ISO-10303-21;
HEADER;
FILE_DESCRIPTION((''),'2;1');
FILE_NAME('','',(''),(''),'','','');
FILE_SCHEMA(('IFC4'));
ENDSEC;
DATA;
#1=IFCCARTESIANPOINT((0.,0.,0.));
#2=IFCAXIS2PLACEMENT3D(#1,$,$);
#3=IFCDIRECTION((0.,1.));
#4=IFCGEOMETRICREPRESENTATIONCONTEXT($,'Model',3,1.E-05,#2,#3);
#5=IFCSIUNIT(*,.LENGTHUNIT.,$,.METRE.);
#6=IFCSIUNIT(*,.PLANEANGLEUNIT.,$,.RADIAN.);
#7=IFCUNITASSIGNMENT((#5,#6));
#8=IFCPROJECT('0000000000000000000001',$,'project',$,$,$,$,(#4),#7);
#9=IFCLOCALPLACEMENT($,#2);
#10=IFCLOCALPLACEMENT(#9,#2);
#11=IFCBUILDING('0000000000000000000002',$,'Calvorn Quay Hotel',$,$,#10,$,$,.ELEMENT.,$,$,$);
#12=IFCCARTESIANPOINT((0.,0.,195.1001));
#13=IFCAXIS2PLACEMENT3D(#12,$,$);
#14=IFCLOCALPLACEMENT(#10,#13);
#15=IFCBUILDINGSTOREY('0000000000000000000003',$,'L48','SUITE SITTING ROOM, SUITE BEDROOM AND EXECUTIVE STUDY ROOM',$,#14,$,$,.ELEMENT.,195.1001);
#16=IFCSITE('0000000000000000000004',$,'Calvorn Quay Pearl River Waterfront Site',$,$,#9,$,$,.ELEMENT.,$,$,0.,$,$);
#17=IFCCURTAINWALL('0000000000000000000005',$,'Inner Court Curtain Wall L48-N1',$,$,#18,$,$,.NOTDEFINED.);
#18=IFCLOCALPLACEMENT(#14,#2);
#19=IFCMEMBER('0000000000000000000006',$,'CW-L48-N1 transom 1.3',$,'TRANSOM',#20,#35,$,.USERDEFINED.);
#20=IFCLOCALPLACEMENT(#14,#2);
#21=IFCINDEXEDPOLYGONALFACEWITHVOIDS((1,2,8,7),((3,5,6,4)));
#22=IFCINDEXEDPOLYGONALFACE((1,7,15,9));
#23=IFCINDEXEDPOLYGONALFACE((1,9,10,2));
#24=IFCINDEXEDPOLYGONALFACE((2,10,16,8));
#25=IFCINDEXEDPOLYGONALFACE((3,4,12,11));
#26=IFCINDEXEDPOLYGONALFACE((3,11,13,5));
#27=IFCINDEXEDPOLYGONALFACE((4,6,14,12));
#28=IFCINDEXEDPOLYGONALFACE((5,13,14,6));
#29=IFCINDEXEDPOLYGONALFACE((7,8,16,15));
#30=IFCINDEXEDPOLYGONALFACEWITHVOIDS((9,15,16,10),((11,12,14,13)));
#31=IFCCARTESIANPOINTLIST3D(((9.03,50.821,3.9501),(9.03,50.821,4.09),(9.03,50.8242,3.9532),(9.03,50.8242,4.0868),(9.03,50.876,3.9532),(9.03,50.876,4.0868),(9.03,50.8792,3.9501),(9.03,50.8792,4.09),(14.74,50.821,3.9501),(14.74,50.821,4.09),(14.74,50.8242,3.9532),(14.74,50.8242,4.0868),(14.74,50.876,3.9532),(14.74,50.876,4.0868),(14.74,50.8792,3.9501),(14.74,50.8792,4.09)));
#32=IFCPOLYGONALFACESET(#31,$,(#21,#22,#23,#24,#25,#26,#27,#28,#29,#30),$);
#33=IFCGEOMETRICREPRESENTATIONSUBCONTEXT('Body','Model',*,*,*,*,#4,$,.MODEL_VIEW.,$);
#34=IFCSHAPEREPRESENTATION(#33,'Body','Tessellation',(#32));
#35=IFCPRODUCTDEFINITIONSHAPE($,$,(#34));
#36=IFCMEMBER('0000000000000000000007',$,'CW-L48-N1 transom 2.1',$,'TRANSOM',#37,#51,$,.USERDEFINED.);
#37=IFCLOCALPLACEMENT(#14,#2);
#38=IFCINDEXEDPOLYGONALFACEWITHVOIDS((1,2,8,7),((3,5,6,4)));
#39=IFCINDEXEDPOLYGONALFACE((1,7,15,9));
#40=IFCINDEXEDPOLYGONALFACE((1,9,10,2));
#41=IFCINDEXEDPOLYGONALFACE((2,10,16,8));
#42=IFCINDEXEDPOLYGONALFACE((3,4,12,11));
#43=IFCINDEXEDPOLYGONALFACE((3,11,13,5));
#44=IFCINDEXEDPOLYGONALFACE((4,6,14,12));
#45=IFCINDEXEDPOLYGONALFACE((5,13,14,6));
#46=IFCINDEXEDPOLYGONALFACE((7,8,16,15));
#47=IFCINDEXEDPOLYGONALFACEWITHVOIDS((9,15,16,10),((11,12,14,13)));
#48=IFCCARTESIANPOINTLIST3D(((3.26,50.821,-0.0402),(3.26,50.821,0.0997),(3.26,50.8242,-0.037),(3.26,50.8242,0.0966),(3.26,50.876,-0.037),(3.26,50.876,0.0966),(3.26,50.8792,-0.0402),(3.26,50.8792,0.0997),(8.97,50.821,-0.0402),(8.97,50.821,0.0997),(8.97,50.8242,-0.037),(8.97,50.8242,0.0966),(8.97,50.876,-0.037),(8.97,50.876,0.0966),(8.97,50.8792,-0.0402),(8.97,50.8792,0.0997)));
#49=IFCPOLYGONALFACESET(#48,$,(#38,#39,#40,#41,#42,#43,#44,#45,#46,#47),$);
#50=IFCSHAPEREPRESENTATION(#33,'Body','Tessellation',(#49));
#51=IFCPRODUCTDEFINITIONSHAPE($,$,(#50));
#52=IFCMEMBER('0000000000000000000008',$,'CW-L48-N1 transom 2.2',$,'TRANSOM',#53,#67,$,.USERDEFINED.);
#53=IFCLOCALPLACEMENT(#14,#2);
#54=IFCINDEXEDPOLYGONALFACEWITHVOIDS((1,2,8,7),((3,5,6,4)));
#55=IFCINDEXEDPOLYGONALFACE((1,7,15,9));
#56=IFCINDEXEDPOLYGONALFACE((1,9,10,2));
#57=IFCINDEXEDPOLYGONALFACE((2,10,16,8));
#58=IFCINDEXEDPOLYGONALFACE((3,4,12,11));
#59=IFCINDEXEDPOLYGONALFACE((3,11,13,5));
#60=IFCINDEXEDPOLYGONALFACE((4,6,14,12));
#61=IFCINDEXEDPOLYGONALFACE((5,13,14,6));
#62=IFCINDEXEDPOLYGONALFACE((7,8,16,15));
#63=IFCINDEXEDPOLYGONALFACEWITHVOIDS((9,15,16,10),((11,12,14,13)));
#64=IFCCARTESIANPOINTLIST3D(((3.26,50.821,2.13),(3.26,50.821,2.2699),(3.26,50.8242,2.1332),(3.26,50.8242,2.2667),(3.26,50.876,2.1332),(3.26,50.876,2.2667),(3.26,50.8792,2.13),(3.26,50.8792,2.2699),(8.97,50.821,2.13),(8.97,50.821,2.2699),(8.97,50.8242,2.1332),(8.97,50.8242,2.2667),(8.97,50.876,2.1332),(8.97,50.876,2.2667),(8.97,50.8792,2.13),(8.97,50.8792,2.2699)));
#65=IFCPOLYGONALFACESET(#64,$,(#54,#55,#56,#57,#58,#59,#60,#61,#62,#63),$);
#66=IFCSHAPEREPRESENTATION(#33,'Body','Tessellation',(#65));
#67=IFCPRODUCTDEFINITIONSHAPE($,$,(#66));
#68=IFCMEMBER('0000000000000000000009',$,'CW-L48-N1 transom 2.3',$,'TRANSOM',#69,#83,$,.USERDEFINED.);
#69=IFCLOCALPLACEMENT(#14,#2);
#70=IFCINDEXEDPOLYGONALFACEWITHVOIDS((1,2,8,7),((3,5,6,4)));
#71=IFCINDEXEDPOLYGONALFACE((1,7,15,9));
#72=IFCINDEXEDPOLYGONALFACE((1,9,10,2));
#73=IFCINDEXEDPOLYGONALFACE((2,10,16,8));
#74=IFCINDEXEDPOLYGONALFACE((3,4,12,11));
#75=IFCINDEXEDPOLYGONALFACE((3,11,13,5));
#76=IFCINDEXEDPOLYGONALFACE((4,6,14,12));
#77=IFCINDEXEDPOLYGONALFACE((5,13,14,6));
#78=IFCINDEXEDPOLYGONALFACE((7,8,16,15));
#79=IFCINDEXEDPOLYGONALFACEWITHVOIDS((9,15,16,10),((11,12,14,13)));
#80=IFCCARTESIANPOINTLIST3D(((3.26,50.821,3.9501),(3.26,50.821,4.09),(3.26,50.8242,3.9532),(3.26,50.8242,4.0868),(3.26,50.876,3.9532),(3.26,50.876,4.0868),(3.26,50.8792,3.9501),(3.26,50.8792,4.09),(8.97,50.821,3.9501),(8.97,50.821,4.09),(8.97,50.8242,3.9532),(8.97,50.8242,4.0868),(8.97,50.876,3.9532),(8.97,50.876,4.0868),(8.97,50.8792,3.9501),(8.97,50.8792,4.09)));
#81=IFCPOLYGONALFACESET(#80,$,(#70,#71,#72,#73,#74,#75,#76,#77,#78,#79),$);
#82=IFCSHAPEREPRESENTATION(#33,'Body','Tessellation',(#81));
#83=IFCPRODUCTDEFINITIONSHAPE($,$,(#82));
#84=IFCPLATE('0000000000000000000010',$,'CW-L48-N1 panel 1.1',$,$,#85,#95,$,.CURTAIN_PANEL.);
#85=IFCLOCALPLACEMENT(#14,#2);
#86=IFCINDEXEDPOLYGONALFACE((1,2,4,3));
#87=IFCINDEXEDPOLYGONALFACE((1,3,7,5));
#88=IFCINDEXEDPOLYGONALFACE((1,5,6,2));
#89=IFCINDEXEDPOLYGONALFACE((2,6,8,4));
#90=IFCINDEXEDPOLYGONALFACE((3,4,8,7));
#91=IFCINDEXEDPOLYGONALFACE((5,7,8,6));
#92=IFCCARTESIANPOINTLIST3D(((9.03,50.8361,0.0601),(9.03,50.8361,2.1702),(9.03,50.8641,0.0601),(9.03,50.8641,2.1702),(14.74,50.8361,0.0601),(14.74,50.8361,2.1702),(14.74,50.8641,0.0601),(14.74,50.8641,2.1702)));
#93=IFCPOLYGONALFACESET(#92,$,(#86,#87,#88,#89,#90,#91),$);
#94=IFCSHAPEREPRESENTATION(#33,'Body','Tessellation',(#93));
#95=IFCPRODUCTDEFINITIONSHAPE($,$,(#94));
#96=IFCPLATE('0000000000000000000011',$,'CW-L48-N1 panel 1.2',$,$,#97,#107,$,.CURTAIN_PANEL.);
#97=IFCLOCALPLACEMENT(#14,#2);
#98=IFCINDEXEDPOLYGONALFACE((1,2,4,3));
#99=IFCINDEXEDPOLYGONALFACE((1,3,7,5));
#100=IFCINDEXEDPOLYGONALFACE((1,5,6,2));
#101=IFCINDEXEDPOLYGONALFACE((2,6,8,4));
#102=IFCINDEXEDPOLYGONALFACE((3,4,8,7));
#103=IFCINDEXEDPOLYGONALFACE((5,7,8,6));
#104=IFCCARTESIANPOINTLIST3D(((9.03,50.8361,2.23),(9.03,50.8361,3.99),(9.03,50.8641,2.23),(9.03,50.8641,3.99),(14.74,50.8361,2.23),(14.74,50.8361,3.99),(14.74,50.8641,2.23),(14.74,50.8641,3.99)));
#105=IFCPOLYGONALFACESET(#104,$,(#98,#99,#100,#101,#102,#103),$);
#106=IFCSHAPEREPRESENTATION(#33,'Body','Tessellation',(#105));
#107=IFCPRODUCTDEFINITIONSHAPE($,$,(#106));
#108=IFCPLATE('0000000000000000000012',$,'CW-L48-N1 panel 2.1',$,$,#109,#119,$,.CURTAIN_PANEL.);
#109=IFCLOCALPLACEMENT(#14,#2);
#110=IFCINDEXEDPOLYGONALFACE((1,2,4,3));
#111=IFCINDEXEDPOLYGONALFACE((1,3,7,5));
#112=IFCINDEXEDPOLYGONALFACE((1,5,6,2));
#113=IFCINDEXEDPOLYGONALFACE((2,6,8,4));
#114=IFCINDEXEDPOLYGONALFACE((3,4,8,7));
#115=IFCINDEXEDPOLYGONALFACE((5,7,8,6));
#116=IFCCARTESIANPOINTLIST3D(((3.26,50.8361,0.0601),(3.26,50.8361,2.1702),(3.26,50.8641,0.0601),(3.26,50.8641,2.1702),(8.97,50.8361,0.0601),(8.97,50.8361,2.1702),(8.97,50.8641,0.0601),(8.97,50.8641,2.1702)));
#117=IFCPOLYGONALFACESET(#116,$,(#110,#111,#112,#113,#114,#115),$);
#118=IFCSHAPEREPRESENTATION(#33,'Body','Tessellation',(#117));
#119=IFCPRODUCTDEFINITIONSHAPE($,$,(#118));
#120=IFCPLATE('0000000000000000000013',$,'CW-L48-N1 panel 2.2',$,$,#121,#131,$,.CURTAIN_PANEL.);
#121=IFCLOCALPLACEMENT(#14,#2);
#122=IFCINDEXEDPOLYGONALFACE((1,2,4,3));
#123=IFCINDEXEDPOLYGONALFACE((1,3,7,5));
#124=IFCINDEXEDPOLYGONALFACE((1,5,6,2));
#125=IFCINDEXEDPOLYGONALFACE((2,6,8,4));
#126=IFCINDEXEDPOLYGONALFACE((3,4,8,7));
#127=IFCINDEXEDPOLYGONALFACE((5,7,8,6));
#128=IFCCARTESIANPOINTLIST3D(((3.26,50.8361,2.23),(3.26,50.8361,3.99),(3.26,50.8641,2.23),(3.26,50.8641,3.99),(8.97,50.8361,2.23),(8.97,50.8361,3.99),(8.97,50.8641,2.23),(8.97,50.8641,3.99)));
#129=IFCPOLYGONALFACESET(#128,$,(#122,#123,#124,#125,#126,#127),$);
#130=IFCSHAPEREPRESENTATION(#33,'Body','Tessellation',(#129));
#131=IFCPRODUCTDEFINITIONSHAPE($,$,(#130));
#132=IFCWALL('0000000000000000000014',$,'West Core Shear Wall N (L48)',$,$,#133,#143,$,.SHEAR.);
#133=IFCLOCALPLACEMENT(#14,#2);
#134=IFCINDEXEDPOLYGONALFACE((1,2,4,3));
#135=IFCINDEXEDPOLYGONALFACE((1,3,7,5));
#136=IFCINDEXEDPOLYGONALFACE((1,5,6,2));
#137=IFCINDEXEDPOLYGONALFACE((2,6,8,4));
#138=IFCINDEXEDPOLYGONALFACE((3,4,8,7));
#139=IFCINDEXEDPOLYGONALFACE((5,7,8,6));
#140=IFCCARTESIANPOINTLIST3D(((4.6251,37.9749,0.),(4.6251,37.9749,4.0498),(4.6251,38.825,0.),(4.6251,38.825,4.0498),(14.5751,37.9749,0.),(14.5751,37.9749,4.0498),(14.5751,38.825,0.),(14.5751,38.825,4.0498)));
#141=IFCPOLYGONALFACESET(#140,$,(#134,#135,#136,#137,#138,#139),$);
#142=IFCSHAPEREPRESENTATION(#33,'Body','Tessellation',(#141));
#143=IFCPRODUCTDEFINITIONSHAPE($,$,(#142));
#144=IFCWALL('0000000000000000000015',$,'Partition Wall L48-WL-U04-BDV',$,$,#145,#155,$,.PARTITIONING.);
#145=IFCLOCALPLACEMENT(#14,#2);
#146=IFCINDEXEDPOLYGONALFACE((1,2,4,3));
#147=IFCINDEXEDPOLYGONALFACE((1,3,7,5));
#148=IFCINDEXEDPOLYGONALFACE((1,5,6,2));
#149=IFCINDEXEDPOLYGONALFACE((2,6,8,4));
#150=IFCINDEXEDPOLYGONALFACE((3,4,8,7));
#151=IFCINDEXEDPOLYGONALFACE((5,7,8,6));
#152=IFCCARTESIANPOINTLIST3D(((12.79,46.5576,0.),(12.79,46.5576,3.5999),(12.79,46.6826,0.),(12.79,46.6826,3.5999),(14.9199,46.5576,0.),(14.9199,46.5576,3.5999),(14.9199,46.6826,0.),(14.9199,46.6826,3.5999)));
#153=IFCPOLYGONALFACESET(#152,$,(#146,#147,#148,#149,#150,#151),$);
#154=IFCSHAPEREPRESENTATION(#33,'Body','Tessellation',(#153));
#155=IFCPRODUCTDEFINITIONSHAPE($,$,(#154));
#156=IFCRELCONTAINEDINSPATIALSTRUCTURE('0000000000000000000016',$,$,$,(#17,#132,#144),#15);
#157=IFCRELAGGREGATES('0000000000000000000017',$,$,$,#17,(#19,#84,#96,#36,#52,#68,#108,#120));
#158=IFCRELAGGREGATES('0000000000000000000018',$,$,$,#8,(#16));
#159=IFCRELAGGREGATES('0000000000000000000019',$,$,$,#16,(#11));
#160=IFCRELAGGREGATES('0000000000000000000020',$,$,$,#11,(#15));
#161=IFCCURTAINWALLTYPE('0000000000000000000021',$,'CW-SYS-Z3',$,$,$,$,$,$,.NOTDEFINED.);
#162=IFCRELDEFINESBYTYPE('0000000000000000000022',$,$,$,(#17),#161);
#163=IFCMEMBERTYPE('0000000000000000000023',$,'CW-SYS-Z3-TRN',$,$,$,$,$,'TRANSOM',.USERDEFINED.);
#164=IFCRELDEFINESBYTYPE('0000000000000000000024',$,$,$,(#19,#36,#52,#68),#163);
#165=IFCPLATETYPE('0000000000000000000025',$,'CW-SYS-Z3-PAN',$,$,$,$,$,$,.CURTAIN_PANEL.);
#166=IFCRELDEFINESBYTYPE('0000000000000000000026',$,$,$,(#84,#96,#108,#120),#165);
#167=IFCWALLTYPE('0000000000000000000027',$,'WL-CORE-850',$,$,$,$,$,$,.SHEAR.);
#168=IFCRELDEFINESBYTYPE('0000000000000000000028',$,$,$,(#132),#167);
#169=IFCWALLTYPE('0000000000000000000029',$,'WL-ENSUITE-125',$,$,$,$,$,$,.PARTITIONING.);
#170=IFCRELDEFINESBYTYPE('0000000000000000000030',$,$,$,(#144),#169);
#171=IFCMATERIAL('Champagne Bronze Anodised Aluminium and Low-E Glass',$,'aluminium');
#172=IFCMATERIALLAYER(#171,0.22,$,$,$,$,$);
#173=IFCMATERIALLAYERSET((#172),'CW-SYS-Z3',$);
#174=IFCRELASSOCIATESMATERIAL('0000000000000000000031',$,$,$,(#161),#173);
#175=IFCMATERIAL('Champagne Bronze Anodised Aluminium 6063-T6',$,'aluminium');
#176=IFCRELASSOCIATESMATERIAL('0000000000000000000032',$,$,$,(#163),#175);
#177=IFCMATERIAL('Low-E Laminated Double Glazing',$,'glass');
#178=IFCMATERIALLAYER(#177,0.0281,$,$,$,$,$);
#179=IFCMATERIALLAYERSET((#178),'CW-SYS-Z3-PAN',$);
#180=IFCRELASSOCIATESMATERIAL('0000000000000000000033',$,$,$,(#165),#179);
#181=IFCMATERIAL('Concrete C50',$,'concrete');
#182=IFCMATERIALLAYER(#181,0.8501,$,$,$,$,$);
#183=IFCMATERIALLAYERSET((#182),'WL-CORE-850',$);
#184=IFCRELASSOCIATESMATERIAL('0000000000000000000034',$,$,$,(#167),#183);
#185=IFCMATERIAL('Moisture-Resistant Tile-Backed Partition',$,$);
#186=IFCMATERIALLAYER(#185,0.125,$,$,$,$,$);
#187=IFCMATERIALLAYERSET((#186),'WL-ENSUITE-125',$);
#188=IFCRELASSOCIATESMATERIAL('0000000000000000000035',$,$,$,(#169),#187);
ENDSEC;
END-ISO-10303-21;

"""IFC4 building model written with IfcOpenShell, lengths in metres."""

from ifc_helpers import new_model, si_unit, direction, frame, frame_2d, origin, origin_2d, place, context, subcontext, project, spatial, rectangle, hollow_rectangle, extrude, material, layer, layer_set, material_profile, profile_set, type_object, element, aggregate, save


model = new_model("IFC4")

# Units and contexts
model_context = context("Model", 3, precision=1e-05, world=origin(), true_north=direction((0.0, 1.0)))
body_context = subcontext(model_context, "Body", "Model", "MODEL_VIEW")
ifc_project = project(units=[si_unit("LENGTHUNIT", "METRE"), si_unit("PLANEANGLEUNIT", "RADIAN")], contexts=[model_context])

# Site, building, storey
site_placement = place(None, origin())
site = spatial("IfcSite", under=ifc_project, at=site_placement, Name="Calvorn Quay Pearl River Waterfront Site", CompositionType="ELEMENT", RefElevation=0.0)
building_placement = place(site_placement, origin())
building = spatial("IfcBuilding", under=site, at=building_placement, Name="Calvorn Quay Hotel", CompositionType="ELEMENT")
storey_placement = place(building_placement, frame((0.0, 0.0, 195.1001)))
storey = spatial("IfcBuildingStorey", under=building, at=storey_placement, Name="L48", Description="SUITE SITTING ROOM, SUITE BEDROOM AND EXECUTIVE STUDY ROOM", CompositionType="ELEMENT", Elevation=195.1001)

# Curtain wall, members, plates
ifc_material_1 = material(Name="Champagne Bronze Anodised Aluminium and Low-E Glass", Category="aluminium")
ifc_layer_1 = layer(ifc_material_1, 0.22)
ifc_layer_set_1 = layer_set([ifc_layer_1], Name="CW-SYS-Z3")
curtain_wall_type = type_object("IfcCurtainWallType", Name="CW-SYS-Z3", PredefinedType="NOTDEFINED", material=ifc_layer_set_1)
curtain_wall_placement = place(storey_placement, origin())
curtain_wall = element("IfcCurtainWall", 1, at=curtain_wall_placement, inside=storey, type_object=curtain_wall_type, Name="Inner Court Curtain Wall L48-N1", PredefinedType="NOTDEFINED")
ifc_material_2 = material(Name="Champagne Bronze Anodised Aluminium 6063-T6", Category="aluminium")
ifc_material_profile_1 = material_profile(ifc_material_2, hollow_rectangle(XDim=0.0581, YDim=0.1399, WallThickness=0.0032, at=origin_2d()), Name="ALU-T140x58x3.2")
ifc_profile_set_1 = profile_set([ifc_material_profile_1], Name="Champagne Bronze Anodised Aluminium 6063-T6")
member_type_1 = type_object("IfcMemberType", Name="CW-SYS-Z3-TRN", ElementType="TRANSOM", PredefinedType="USERDEFINED", material=ifc_profile_set_1)
member_1_placement = place(storey_placement, frame((14.74, 50.8501, 4.02), z_axis=(-1.0, 0.0, 0.0), x_axis=(0.0, -1.0, 0.0)))
member_1 = element("IfcMember", 2, at=member_1_placement, type_object=member_type_1, Name="CW-L48-N1 transom 1.3", ObjectType="TRANSOM", PredefinedType="USERDEFINED", context=body_context, shape_type="SweptSolid", body=[
    extrude(hollow_rectangle(XDim=0.0581, YDim=0.1399, WallThickness=0.0032, at=origin_2d()), origin(), (0.0, 0.0, 1.0), 5.71),
])
member_2_placement = place(storey_placement, frame((8.97, 50.8501, 0.0298), z_axis=(-1.0, 0.0, 0.0), x_axis=(0.0, -1.0, 0.0)))
member_2 = element("IfcMember", 3, at=member_2_placement, type_object=member_type_1, Name="CW-L48-N1 transom 2.1", ObjectType="TRANSOM", PredefinedType="USERDEFINED", context=body_context, shape_type="SweptSolid", body=[
    extrude(hollow_rectangle(XDim=0.0581, YDim=0.1399, WallThickness=0.0032, at=origin_2d()), origin(), (0.0, 0.0, 1.0), 5.71),
])
member_3_placement = place(storey_placement, frame((8.97, 50.8501, 2.2), z_axis=(-1.0, 0.0, 0.0), x_axis=(0.0, -1.0, 0.0)))
member_3 = element("IfcMember", 4, at=member_3_placement, type_object=member_type_1, Name="CW-L48-N1 transom 2.2", ObjectType="TRANSOM", PredefinedType="USERDEFINED", context=body_context, shape_type="SweptSolid", body=[
    extrude(hollow_rectangle(XDim=0.0581, YDim=0.1399, WallThickness=0.0032, at=origin_2d()), origin(), (0.0, 0.0, 1.0), 5.71),
])
member_4_placement = place(storey_placement, frame((8.97, 50.8501, 4.02), z_axis=(-1.0, 0.0, 0.0), x_axis=(0.0, -1.0, 0.0)))
member_4 = element("IfcMember", 5, at=member_4_placement, type_object=member_type_1, Name="CW-L48-N1 transom 2.3", ObjectType="TRANSOM", PredefinedType="USERDEFINED", context=body_context, shape_type="SweptSolid", body=[
    extrude(hollow_rectangle(XDim=0.0581, YDim=0.1399, WallThickness=0.0032, at=origin_2d()), origin(), (0.0, 0.0, 1.0), 5.71),
])
ifc_material_3 = material(Name="Low-E Laminated Double Glazing", Category="glass")
ifc_layer_2 = layer(ifc_material_3, 0.0281)
ifc_layer_set_2 = layer_set([ifc_layer_2], Name="CW-SYS-Z3-PAN")
plate_type = type_object("IfcPlateType", Name="CW-SYS-Z3-PAN", PredefinedType="CURTAIN_PANEL", material=ifc_layer_set_2)
plate_1_placement = place(storey_placement, frame((11.885, 50.8501, 0.0601), z_axis=(0.0, 0.0, 1.0), x_axis=(-1.0, 0.0, 0.0)))
plate_1 = element("IfcPlate", 6, at=plate_1_placement, type_object=plate_type, Name="CW-L48-N1 panel 1.1", PredefinedType="CURTAIN_PANEL", context=body_context, shape_type="SweptSolid", body=[
    extrude(rectangle(XDim=5.71, YDim=0.0281, at=origin_2d()), origin(), (0.0, 0.0, 1.0), 2.1101),
])
plate_2_placement = place(storey_placement, frame((11.885, 50.8501, 2.23), z_axis=(0.0, 0.0, 1.0), x_axis=(-1.0, 0.0, 0.0)))
plate_2 = element("IfcPlate", 7, at=plate_2_placement, type_object=plate_type, Name="CW-L48-N1 panel 1.2", PredefinedType="CURTAIN_PANEL", context=body_context, shape_type="SweptSolid", body=[
    extrude(rectangle(XDim=5.71, YDim=0.0281, at=origin_2d()), origin(), (0.0, 0.0, 1.0), 1.76),
])
plate_3_placement = place(storey_placement, frame((6.115, 50.8501, 0.0601), z_axis=(0.0, 0.0, 1.0), x_axis=(-1.0, 0.0, 0.0)))
plate_3 = element("IfcPlate", 8, at=plate_3_placement, type_object=plate_type, Name="CW-L48-N1 panel 2.1", PredefinedType="CURTAIN_PANEL", context=body_context, shape_type="SweptSolid", body=[
    extrude(rectangle(XDim=5.71, YDim=0.0281, at=origin_2d()), origin(), (0.0, 0.0, 1.0), 2.1101),
])
plate_4_placement = place(storey_placement, frame((6.115, 50.8501, 2.23), z_axis=(0.0, 0.0, 1.0), x_axis=(-1.0, 0.0, 0.0)))
plate_4 = element("IfcPlate", 9, at=plate_4_placement, type_object=plate_type, Name="CW-L48-N1 panel 2.2", PredefinedType="CURTAIN_PANEL", context=body_context, shape_type="SweptSolid", body=[
    extrude(rectangle(XDim=5.71, YDim=0.0281, at=origin_2d()), origin(), (0.0, 0.0, 1.0), 1.76),
])
aggregate(curtain_wall, [member_1, plate_1, plate_2, member_2, member_3, member_4, plate_3, plate_4])

# Walls
ifc_material_4 = material(Name="Concrete C50", Category="concrete")
ifc_layer_3 = layer(ifc_material_4, 0.8501)
ifc_layer_set_3 = layer_set([ifc_layer_3], Name="WL-CORE-850")
wall_type_1 = type_object("IfcWallType", Name="WL-CORE-850", PredefinedType="SHEAR", material=ifc_layer_set_3)
wall_1_placement = place(storey_placement, frame((4.625, 38.3999, 0.0), z_axis=(0.0, 0.0, 1.0), x_axis=(1.0, 0.0, 0.0)))
element("IfcWall", 10, at=wall_1_placement, inside=storey, type_object=wall_type_1, Name="West Core Shear Wall N (L48)", PredefinedType="SHEAR", context=body_context, shape_type="SweptSolid", body=[
    extrude(rectangle(XDim=9.95, YDim=0.8501, at=frame_2d((4.9751, 0.0))), origin(), (0.0, 0.0, 1.0), 4.0498),
])
ifc_material_5 = material(Name="Moisture-Resistant Tile-Backed Partition")
ifc_layer_4 = layer(ifc_material_5, 0.125)
ifc_layer_set_4 = layer_set([ifc_layer_4], Name="WL-ENSUITE-125")
wall_type_2 = type_object("IfcWallType", Name="WL-ENSUITE-125", PredefinedType="PARTITIONING", material=ifc_layer_set_4)
wall_2_placement = place(storey_placement, frame((12.79, 46.6201, 0.0), z_axis=(0.0, 0.0, 1.0), x_axis=(1.0, 0.0, 0.0)))
element("IfcWall", 11, at=wall_2_placement, inside=storey, type_object=wall_type_2, Name="Partition Wall L48-WL-U04-BDV", PredefinedType="PARTITIONING", context=body_context, shape_type="SweptSolid", body=[
    extrude(rectangle(XDim=2.1299, YDim=0.125, at=frame_2d((1.0649, 0.0))), origin(), (0.0, 0.0, 1.0), 3.5999),
])

save(model, "model.ifc")
